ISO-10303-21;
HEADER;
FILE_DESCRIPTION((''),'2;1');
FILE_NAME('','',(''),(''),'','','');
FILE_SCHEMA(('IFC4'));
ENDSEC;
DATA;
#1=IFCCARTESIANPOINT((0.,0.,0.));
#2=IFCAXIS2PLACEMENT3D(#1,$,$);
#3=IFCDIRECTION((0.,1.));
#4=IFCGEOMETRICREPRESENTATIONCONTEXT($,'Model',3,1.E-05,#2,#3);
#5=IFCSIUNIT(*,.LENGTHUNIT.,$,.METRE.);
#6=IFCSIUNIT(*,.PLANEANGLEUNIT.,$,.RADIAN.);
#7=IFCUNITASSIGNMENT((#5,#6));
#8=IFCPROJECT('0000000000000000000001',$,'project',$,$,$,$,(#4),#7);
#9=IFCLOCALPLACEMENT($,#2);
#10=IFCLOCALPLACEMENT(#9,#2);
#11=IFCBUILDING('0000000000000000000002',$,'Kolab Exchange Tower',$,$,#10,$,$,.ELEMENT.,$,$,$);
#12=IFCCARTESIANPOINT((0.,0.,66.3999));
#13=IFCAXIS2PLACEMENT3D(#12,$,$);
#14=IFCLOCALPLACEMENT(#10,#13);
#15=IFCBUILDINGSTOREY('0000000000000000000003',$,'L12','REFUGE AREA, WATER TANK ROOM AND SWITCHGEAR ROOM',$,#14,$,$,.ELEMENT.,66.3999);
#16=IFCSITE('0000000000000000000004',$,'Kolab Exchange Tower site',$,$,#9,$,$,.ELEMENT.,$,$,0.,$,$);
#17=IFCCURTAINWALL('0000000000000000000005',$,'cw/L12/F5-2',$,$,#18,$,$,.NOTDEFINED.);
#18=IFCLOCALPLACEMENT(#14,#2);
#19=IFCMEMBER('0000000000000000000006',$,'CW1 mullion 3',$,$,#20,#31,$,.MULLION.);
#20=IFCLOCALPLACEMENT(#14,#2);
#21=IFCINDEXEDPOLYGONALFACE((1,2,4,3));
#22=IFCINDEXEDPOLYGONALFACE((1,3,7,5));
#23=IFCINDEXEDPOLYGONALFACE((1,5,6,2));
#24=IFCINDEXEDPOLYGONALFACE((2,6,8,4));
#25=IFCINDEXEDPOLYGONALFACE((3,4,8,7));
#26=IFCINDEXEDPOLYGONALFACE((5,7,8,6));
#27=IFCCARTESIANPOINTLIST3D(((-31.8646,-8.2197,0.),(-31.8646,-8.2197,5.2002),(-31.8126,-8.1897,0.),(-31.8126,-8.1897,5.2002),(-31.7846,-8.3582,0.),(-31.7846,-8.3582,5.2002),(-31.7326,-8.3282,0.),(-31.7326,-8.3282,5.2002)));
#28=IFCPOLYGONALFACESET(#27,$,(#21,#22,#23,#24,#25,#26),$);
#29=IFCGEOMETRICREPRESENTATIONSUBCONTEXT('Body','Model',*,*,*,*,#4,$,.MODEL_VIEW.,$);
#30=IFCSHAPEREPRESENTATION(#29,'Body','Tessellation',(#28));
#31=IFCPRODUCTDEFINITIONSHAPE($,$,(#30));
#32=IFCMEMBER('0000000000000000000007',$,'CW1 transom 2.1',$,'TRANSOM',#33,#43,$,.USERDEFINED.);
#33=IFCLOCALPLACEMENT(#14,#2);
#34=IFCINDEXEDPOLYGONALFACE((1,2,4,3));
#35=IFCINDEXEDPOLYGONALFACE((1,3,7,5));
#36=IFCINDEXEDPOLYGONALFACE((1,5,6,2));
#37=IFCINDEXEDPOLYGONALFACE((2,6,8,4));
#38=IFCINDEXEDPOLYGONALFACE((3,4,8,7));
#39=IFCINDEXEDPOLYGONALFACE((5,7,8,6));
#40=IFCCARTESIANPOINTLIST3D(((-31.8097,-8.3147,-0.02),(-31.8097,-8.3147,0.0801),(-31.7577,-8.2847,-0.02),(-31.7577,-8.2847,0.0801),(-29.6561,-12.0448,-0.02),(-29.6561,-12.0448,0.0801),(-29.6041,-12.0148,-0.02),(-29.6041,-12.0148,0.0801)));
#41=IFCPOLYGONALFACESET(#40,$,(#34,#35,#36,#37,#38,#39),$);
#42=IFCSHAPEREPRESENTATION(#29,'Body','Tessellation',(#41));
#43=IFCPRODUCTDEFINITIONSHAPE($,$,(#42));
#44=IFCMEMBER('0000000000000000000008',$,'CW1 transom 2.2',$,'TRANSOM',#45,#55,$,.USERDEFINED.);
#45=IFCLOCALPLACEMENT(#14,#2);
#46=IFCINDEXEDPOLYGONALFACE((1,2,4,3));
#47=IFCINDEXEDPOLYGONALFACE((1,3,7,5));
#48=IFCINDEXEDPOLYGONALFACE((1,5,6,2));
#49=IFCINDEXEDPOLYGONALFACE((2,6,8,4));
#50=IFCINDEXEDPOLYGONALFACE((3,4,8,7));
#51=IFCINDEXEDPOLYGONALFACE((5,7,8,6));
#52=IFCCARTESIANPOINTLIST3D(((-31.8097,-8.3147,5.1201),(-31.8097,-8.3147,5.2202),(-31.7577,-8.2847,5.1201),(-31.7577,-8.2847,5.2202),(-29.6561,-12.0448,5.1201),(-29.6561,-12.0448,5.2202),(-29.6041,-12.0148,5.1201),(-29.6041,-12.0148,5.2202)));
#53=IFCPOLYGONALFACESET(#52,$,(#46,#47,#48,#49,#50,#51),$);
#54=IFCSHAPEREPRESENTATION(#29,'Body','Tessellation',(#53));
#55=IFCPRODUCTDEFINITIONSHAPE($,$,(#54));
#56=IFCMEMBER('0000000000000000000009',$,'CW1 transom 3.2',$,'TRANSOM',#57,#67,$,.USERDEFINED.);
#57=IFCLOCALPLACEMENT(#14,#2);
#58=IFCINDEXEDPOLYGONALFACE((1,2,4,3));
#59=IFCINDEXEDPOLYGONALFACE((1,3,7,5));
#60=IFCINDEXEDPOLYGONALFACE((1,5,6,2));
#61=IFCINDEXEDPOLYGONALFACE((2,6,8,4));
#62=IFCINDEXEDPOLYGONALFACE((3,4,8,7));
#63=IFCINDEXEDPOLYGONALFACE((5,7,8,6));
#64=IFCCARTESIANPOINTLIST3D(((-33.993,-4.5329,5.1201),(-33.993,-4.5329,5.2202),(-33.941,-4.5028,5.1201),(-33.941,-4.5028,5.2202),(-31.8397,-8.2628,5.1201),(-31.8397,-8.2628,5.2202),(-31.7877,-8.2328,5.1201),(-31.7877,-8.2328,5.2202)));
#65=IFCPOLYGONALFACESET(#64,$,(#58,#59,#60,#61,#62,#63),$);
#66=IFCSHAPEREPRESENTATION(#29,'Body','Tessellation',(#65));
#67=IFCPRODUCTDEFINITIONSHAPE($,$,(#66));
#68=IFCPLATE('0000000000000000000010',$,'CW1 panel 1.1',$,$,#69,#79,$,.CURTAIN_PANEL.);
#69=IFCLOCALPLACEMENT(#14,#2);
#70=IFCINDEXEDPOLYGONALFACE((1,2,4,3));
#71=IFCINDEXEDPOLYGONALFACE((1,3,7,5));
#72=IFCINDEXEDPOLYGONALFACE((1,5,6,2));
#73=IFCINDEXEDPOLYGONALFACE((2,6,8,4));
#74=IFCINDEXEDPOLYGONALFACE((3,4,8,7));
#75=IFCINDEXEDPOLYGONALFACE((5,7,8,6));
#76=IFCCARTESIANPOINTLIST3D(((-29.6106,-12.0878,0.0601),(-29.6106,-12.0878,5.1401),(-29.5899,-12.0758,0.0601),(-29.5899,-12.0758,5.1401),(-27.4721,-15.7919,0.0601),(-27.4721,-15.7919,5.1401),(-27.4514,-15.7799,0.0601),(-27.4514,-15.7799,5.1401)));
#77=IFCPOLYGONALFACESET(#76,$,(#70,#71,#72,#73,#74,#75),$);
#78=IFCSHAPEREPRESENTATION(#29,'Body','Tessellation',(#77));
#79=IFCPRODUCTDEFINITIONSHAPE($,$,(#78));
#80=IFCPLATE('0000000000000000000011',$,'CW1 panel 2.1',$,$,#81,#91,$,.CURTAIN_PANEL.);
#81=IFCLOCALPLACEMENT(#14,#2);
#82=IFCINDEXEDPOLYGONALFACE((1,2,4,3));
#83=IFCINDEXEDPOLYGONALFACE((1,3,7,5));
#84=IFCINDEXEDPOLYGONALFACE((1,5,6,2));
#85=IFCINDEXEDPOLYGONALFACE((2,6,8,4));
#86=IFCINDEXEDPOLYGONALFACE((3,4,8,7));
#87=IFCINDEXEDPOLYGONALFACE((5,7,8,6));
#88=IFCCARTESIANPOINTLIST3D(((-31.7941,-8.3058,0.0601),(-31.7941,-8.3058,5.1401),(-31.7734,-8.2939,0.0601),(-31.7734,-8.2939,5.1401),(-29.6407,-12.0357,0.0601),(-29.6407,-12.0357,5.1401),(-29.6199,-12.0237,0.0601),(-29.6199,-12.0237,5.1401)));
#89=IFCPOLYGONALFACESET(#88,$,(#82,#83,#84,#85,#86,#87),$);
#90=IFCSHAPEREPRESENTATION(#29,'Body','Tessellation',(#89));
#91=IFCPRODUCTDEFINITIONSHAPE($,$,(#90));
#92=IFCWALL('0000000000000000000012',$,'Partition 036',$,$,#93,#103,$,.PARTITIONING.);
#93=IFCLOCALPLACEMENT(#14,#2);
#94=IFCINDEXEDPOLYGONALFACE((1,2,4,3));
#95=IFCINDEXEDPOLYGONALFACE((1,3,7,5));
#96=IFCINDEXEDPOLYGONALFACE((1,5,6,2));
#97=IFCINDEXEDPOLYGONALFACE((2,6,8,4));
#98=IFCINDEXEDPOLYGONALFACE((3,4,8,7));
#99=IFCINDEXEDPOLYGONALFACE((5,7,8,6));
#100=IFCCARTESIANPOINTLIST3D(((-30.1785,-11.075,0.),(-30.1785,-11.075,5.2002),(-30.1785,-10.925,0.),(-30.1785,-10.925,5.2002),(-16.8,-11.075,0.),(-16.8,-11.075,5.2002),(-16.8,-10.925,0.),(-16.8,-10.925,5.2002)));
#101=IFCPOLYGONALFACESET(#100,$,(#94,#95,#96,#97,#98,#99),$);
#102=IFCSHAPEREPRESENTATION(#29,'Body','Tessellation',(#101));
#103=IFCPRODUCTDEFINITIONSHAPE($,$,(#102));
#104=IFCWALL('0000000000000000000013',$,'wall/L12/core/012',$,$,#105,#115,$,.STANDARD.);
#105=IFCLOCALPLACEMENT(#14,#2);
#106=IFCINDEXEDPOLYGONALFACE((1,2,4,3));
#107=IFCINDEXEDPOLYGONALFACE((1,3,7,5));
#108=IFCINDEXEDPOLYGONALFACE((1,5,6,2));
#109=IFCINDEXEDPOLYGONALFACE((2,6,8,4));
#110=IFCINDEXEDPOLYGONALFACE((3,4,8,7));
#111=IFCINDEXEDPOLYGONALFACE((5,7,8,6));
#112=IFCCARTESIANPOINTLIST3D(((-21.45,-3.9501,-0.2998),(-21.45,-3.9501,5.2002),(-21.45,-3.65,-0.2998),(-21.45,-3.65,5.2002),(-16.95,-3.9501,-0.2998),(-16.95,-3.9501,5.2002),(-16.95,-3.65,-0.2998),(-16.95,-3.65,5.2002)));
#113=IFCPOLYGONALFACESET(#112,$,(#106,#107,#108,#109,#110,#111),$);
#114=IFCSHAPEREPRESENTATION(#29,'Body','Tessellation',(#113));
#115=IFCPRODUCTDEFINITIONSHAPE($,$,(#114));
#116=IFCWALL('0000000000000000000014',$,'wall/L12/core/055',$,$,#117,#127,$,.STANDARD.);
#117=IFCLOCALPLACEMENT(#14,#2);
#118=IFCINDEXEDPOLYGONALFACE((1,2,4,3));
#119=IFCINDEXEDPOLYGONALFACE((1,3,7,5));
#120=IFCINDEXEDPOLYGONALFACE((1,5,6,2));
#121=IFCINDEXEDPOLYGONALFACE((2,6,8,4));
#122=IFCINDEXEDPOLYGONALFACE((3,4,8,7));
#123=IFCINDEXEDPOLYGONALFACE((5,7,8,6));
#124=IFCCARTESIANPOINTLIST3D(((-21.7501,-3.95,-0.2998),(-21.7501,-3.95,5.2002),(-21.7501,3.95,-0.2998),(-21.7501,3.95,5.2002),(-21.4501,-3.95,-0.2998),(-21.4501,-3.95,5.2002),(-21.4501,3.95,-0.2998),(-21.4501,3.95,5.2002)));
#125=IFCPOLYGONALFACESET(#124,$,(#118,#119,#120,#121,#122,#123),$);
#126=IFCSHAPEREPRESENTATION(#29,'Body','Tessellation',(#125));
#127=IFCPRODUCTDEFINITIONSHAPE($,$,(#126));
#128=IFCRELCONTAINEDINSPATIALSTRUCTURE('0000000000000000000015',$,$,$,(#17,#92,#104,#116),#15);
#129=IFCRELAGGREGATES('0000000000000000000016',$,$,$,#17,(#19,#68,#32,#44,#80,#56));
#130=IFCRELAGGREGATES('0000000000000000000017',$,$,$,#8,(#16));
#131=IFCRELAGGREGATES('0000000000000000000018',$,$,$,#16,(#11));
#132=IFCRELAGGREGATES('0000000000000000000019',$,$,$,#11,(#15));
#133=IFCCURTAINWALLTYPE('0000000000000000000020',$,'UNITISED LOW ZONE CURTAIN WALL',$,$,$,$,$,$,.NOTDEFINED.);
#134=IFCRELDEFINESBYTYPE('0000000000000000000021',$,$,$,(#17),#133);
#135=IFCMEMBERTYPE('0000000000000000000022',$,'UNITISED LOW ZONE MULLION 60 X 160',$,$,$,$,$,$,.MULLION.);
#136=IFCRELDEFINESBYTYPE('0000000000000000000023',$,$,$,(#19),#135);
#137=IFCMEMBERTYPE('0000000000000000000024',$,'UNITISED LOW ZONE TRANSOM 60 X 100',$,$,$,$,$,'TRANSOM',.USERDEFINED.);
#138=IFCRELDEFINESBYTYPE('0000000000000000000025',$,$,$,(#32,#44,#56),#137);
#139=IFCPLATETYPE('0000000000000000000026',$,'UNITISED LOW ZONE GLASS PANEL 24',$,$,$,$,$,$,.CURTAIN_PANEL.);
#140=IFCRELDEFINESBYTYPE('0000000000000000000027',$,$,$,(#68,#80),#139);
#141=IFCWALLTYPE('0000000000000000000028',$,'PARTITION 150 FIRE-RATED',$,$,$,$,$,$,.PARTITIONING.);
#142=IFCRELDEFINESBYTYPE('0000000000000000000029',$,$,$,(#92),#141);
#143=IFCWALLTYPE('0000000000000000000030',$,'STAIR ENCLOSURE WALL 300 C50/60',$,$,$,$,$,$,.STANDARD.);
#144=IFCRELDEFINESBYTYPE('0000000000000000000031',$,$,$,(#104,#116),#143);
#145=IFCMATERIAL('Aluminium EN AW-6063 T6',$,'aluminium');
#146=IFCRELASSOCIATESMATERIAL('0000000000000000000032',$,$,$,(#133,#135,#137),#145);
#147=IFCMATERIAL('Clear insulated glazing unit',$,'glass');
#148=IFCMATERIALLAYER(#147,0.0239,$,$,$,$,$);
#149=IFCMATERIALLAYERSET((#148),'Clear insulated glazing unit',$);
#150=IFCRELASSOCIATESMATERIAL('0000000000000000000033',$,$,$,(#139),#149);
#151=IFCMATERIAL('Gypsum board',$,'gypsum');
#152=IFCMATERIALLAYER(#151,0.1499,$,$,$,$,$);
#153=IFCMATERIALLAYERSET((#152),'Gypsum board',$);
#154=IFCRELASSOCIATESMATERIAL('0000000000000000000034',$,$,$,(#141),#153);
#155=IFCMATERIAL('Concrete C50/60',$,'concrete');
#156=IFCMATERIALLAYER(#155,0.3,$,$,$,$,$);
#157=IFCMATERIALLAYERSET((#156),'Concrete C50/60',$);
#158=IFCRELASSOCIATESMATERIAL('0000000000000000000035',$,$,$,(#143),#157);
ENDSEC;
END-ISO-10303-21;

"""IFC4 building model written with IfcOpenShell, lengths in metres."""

from ifc_helpers import new_model, si_unit, direction, frame, frame_2d, origin, origin_2d, place, context, subcontext, project, spatial, rectangle, extrude, material, layer, layer_set, material_profile, profile_set, type_object, element, aggregate, save


model = new_model("IFC4")

# Units and contexts
model_context = context("Model", 3, precision=1e-05, world=origin(), true_north=direction((0.0, 1.0)))
body_context = subcontext(model_context, "Body", "Model", "MODEL_VIEW")
ifc_project = project(units=[si_unit("LENGTHUNIT", "METRE"), si_unit("PLANEANGLEUNIT", "RADIAN")], contexts=[model_context])

# Site, building, storey
site_placement = place(None, origin())
site = spatial("IfcSite", under=ifc_project, at=site_placement, Name="Kolab Exchange Tower site", CompositionType="ELEMENT", RefElevation=0.0)
building_placement = place(site_placement, origin())
building = spatial("IfcBuilding", under=site, at=building_placement, Name="Kolab Exchange Tower", CompositionType="ELEMENT")
storey_placement = place(building_placement, frame((0.0, 0.0, 66.3999)))
storey = spatial("IfcBuildingStorey", under=building, at=storey_placement, Name="L12", Description="REFUGE AREA, WATER TANK ROOM AND SWITCHGEAR ROOM", CompositionType="ELEMENT", Elevation=66.3999)

# Curtain wall, members, plates
ifc_material_1 = material(Name="Aluminium EN AW-6063 T6", Category="aluminium")
curtain_wall_type = type_object("IfcCurtainWallType", Name="UNITISED LOW ZONE CURTAIN WALL", PredefinedType="NOTDEFINED", material=ifc_material_1)
curtain_wall_placement = place(storey_placement, origin())
curtain_wall = element("IfcCurtainWall", 1, at=curtain_wall_placement, inside=storey, type_object=curtain_wall_type, Name="cw/L12/F5-2", PredefinedType="NOTDEFINED")
ifc_material_profile_1 = material_profile(ifc_material_1, rectangle(XDim=0.0601, YDim=0.1599, at=origin_2d()), Name="RECT 60X160")
ifc_profile_set_1 = profile_set([ifc_material_profile_1], Name="Aluminium EN AW-6063 T6")
member_type_1 = type_object("IfcMemberType", Name="UNITISED LOW ZONE MULLION 60 X 160", PredefinedType="MULLION", material=ifc_profile_set_1)
member_1_placement = place(storey_placement, frame((-31.7986, -8.2739, 0.0), z_axis=(0.0, 0.0, 1.0), x_axis=(-0.866025, -0.5, 0.0)))
member_1 = element("IfcMember", 2, at=member_1_placement, type_object=member_type_1, Name="CW1 mullion 3", PredefinedType="MULLION", context=body_context, shape_type="SweptSolid", body=[
    extrude(rectangle(XDim=0.0601, YDim=0.1599, at=origin_2d()), origin(), (0.0, 0.0, 1.0), 5.2002),
])
ifc_material_profile_2 = material_profile(ifc_material_1, rectangle(XDim=0.0601, YDim=0.1001, at=origin_2d()), Name="RECT 60X100")
ifc_profile_set_2 = profile_set([ifc_material_profile_2], Name="Aluminium EN AW-6063 T6")
member_type_2 = type_object("IfcMemberType", Name="UNITISED LOW ZONE TRANSOM 60 X 100", ElementType="TRANSOM", PredefinedType="USERDEFINED", material=ifc_profile_set_2)
member_2_placement = place(storey_placement, frame((-29.6301, -12.0298, 0.03), z_axis=(-0.50001, 0.866019, 0.0), x_axis=(-0.866019, -0.50001, 0.0)))
member_2 = element("IfcMember", 3, at=member_2_placement, type_object=member_type_2, Name="CW1 transom 2.1", ObjectType="TRANSOM", PredefinedType="USERDEFINED", context=body_context, shape_type="SweptSolid", body=[
    extrude(rectangle(XDim=0.0601, YDim=0.1001, at=origin_2d()), origin(), (0.0, 0.0, 1.0), 4.3071),
])
member_3_placement = place(storey_placement, frame((-29.6301, -12.0298, 5.1702), z_axis=(-0.50001, 0.866019, 0.0), x_axis=(-0.866019, -0.50001, 0.0)))
member_3 = element("IfcMember", 4, at=member_3_placement, type_object=member_type_2, Name="CW1 transom 2.2", ObjectType="TRANSOM", PredefinedType="USERDEFINED", context=body_context, shape_type="SweptSolid", body=[
    extrude(rectangle(XDim=0.0601, YDim=0.1001, at=origin_2d()), origin(), (0.0, 0.0, 1.0), 4.3071),
])
member_4_placement = place(storey_placement, frame((-31.8137, -8.2478, 5.1702), z_axis=(-0.499968, 0.866044, 0.0), x_axis=(-0.866044, -0.499968, 0.0)))
member_4 = element("IfcMember", 5, at=member_4_placement, type_object=member_type_2, Name="CW1 transom 3.2", ObjectType="TRANSOM", PredefinedType="USERDEFINED", context=body_context, shape_type="SweptSolid", body=[
    extrude(rectangle(XDim=0.0601, YDim=0.1001, at=origin_2d()), origin(), (0.0, 0.0, 1.0), 4.3069),
])
ifc_material_2 = material(Name="Clear insulated glazing unit", Category="glass")
ifc_layer_1 = layer(ifc_material_2, 0.0239)
ifc_layer_set_1 = layer_set([ifc_layer_1], Name="Clear insulated glazing unit")
plate_type = type_object("IfcPlateType", Name="UNITISED LOW ZONE GLASS PANEL 24", PredefinedType="CURTAIN_PANEL", material=ifc_layer_set_1)
plate_1_placement = place(storey_placement, frame((-28.531, -13.9338, 0.0601), z_axis=(0.0, 0.0, 1.0), x_axis=(-0.5, 0.866025, 0.0)))
plate_1 = element("IfcPlate", 6, at=plate_1_placement, type_object=plate_type, Name="CW1 panel 1.1", PredefinedType="CURTAIN_PANEL", context=body_context, shape_type="SweptSolid", body=[
    extrude(rectangle(XDim=4.2771, YDim=0.0239, at=origin_2d()), origin(), (0.0, 0.0, 1.0), 5.0801),
])
plate_2_placement = place(storey_placement, frame((-30.707, -10.1648, 0.0601), z_axis=(0.0, 0.0, 1.0), x_axis=(-0.5, 0.866025, 0.0)))
plate_2 = element("IfcPlate", 7, at=plate_2_placement, type_object=plate_type, Name="CW1 panel 2.1", PredefinedType="CURTAIN_PANEL", context=body_context, shape_type="SweptSolid", body=[
    extrude(rectangle(XDim=4.3069, YDim=0.0239, at=origin_2d()), origin(), (0.0, 0.0, 1.0), 5.0801),
])
aggregate(curtain_wall, [member_1, plate_1, member_2, member_3, plate_2, member_4])

# Walls
ifc_material_3 = material(Name="Gypsum board", Category="gypsum")
ifc_layer_2 = layer(ifc_material_3, 0.1499)
ifc_layer_set_2 = layer_set([ifc_layer_2], Name="Gypsum board")
wall_type_1 = type_object("IfcWallType", Name="PARTITION 150 FIRE-RATED", PredefinedType="PARTITIONING", material=ifc_layer_set_2)
wall_1_placement = place(storey_placement, frame((-30.1785, -11.0, 0.0), z_axis=(0.0, 0.0, 1.0), x_axis=(1.0, 0.0, 0.0)))
element("IfcWall", 8, at=wall_1_placement, inside=storey, type_object=wall_type_1, Name="Partition 036", PredefinedType="PARTITIONING", context=body_context, shape_type="SweptSolid", body=[
    extrude(rectangle(XDim=13.3784, YDim=0.1499, at=frame_2d((6.6892, 0.0))), origin(), (0.0, 0.0, 1.0), 5.2002),
])
ifc_material_4 = material(Name="Concrete C50/60", Category="concrete")
ifc_layer_3 = layer(ifc_material_4, 0.3)
ifc_layer_set_3 = layer_set([ifc_layer_3], Name="Concrete C50/60")
wall_type_2 = type_object("IfcWallType", Name="STAIR ENCLOSURE WALL 300 C50/60", PredefinedType="STANDARD", material=ifc_layer_set_3)
wall_2_placement = place(storey_placement, frame((-21.45, -3.8, -0.2998), z_axis=(0.0, 0.0, 1.0), x_axis=(1.0, 0.0, 0.0)))
element("IfcWall", 9, at=wall_2_placement, inside=storey, type_object=wall_type_2, Name="wall/L12/core/012", PredefinedType="STANDARD", context=body_context, shape_type="SweptSolid", body=[
    extrude(rectangle(XDim=4.5, YDim=0.3, at=frame_2d((2.25, 0.0))), origin(), (0.0, 0.0, 1.0), 5.5),
])
wall_3_placement = place(storey_placement, frame((-21.6001, -3.95, -0.2998), z_axis=(0.0, 0.0, 1.0), x_axis=(0.0, 1.0, 0.0)))
element("IfcWall", 10, at=wall_3_placement, inside=storey, type_object=wall_type_2, Name="wall/L12/core/055", PredefinedType="STANDARD", context=body_context, shape_type="SweptSolid", body=[
    extrude(rectangle(XDim=7.8999, YDim=0.3, at=frame_2d((3.95, 0.0))), origin(), (0.0, 0.0, 1.0), 5.5),
])

save(model, "model.ifc")
